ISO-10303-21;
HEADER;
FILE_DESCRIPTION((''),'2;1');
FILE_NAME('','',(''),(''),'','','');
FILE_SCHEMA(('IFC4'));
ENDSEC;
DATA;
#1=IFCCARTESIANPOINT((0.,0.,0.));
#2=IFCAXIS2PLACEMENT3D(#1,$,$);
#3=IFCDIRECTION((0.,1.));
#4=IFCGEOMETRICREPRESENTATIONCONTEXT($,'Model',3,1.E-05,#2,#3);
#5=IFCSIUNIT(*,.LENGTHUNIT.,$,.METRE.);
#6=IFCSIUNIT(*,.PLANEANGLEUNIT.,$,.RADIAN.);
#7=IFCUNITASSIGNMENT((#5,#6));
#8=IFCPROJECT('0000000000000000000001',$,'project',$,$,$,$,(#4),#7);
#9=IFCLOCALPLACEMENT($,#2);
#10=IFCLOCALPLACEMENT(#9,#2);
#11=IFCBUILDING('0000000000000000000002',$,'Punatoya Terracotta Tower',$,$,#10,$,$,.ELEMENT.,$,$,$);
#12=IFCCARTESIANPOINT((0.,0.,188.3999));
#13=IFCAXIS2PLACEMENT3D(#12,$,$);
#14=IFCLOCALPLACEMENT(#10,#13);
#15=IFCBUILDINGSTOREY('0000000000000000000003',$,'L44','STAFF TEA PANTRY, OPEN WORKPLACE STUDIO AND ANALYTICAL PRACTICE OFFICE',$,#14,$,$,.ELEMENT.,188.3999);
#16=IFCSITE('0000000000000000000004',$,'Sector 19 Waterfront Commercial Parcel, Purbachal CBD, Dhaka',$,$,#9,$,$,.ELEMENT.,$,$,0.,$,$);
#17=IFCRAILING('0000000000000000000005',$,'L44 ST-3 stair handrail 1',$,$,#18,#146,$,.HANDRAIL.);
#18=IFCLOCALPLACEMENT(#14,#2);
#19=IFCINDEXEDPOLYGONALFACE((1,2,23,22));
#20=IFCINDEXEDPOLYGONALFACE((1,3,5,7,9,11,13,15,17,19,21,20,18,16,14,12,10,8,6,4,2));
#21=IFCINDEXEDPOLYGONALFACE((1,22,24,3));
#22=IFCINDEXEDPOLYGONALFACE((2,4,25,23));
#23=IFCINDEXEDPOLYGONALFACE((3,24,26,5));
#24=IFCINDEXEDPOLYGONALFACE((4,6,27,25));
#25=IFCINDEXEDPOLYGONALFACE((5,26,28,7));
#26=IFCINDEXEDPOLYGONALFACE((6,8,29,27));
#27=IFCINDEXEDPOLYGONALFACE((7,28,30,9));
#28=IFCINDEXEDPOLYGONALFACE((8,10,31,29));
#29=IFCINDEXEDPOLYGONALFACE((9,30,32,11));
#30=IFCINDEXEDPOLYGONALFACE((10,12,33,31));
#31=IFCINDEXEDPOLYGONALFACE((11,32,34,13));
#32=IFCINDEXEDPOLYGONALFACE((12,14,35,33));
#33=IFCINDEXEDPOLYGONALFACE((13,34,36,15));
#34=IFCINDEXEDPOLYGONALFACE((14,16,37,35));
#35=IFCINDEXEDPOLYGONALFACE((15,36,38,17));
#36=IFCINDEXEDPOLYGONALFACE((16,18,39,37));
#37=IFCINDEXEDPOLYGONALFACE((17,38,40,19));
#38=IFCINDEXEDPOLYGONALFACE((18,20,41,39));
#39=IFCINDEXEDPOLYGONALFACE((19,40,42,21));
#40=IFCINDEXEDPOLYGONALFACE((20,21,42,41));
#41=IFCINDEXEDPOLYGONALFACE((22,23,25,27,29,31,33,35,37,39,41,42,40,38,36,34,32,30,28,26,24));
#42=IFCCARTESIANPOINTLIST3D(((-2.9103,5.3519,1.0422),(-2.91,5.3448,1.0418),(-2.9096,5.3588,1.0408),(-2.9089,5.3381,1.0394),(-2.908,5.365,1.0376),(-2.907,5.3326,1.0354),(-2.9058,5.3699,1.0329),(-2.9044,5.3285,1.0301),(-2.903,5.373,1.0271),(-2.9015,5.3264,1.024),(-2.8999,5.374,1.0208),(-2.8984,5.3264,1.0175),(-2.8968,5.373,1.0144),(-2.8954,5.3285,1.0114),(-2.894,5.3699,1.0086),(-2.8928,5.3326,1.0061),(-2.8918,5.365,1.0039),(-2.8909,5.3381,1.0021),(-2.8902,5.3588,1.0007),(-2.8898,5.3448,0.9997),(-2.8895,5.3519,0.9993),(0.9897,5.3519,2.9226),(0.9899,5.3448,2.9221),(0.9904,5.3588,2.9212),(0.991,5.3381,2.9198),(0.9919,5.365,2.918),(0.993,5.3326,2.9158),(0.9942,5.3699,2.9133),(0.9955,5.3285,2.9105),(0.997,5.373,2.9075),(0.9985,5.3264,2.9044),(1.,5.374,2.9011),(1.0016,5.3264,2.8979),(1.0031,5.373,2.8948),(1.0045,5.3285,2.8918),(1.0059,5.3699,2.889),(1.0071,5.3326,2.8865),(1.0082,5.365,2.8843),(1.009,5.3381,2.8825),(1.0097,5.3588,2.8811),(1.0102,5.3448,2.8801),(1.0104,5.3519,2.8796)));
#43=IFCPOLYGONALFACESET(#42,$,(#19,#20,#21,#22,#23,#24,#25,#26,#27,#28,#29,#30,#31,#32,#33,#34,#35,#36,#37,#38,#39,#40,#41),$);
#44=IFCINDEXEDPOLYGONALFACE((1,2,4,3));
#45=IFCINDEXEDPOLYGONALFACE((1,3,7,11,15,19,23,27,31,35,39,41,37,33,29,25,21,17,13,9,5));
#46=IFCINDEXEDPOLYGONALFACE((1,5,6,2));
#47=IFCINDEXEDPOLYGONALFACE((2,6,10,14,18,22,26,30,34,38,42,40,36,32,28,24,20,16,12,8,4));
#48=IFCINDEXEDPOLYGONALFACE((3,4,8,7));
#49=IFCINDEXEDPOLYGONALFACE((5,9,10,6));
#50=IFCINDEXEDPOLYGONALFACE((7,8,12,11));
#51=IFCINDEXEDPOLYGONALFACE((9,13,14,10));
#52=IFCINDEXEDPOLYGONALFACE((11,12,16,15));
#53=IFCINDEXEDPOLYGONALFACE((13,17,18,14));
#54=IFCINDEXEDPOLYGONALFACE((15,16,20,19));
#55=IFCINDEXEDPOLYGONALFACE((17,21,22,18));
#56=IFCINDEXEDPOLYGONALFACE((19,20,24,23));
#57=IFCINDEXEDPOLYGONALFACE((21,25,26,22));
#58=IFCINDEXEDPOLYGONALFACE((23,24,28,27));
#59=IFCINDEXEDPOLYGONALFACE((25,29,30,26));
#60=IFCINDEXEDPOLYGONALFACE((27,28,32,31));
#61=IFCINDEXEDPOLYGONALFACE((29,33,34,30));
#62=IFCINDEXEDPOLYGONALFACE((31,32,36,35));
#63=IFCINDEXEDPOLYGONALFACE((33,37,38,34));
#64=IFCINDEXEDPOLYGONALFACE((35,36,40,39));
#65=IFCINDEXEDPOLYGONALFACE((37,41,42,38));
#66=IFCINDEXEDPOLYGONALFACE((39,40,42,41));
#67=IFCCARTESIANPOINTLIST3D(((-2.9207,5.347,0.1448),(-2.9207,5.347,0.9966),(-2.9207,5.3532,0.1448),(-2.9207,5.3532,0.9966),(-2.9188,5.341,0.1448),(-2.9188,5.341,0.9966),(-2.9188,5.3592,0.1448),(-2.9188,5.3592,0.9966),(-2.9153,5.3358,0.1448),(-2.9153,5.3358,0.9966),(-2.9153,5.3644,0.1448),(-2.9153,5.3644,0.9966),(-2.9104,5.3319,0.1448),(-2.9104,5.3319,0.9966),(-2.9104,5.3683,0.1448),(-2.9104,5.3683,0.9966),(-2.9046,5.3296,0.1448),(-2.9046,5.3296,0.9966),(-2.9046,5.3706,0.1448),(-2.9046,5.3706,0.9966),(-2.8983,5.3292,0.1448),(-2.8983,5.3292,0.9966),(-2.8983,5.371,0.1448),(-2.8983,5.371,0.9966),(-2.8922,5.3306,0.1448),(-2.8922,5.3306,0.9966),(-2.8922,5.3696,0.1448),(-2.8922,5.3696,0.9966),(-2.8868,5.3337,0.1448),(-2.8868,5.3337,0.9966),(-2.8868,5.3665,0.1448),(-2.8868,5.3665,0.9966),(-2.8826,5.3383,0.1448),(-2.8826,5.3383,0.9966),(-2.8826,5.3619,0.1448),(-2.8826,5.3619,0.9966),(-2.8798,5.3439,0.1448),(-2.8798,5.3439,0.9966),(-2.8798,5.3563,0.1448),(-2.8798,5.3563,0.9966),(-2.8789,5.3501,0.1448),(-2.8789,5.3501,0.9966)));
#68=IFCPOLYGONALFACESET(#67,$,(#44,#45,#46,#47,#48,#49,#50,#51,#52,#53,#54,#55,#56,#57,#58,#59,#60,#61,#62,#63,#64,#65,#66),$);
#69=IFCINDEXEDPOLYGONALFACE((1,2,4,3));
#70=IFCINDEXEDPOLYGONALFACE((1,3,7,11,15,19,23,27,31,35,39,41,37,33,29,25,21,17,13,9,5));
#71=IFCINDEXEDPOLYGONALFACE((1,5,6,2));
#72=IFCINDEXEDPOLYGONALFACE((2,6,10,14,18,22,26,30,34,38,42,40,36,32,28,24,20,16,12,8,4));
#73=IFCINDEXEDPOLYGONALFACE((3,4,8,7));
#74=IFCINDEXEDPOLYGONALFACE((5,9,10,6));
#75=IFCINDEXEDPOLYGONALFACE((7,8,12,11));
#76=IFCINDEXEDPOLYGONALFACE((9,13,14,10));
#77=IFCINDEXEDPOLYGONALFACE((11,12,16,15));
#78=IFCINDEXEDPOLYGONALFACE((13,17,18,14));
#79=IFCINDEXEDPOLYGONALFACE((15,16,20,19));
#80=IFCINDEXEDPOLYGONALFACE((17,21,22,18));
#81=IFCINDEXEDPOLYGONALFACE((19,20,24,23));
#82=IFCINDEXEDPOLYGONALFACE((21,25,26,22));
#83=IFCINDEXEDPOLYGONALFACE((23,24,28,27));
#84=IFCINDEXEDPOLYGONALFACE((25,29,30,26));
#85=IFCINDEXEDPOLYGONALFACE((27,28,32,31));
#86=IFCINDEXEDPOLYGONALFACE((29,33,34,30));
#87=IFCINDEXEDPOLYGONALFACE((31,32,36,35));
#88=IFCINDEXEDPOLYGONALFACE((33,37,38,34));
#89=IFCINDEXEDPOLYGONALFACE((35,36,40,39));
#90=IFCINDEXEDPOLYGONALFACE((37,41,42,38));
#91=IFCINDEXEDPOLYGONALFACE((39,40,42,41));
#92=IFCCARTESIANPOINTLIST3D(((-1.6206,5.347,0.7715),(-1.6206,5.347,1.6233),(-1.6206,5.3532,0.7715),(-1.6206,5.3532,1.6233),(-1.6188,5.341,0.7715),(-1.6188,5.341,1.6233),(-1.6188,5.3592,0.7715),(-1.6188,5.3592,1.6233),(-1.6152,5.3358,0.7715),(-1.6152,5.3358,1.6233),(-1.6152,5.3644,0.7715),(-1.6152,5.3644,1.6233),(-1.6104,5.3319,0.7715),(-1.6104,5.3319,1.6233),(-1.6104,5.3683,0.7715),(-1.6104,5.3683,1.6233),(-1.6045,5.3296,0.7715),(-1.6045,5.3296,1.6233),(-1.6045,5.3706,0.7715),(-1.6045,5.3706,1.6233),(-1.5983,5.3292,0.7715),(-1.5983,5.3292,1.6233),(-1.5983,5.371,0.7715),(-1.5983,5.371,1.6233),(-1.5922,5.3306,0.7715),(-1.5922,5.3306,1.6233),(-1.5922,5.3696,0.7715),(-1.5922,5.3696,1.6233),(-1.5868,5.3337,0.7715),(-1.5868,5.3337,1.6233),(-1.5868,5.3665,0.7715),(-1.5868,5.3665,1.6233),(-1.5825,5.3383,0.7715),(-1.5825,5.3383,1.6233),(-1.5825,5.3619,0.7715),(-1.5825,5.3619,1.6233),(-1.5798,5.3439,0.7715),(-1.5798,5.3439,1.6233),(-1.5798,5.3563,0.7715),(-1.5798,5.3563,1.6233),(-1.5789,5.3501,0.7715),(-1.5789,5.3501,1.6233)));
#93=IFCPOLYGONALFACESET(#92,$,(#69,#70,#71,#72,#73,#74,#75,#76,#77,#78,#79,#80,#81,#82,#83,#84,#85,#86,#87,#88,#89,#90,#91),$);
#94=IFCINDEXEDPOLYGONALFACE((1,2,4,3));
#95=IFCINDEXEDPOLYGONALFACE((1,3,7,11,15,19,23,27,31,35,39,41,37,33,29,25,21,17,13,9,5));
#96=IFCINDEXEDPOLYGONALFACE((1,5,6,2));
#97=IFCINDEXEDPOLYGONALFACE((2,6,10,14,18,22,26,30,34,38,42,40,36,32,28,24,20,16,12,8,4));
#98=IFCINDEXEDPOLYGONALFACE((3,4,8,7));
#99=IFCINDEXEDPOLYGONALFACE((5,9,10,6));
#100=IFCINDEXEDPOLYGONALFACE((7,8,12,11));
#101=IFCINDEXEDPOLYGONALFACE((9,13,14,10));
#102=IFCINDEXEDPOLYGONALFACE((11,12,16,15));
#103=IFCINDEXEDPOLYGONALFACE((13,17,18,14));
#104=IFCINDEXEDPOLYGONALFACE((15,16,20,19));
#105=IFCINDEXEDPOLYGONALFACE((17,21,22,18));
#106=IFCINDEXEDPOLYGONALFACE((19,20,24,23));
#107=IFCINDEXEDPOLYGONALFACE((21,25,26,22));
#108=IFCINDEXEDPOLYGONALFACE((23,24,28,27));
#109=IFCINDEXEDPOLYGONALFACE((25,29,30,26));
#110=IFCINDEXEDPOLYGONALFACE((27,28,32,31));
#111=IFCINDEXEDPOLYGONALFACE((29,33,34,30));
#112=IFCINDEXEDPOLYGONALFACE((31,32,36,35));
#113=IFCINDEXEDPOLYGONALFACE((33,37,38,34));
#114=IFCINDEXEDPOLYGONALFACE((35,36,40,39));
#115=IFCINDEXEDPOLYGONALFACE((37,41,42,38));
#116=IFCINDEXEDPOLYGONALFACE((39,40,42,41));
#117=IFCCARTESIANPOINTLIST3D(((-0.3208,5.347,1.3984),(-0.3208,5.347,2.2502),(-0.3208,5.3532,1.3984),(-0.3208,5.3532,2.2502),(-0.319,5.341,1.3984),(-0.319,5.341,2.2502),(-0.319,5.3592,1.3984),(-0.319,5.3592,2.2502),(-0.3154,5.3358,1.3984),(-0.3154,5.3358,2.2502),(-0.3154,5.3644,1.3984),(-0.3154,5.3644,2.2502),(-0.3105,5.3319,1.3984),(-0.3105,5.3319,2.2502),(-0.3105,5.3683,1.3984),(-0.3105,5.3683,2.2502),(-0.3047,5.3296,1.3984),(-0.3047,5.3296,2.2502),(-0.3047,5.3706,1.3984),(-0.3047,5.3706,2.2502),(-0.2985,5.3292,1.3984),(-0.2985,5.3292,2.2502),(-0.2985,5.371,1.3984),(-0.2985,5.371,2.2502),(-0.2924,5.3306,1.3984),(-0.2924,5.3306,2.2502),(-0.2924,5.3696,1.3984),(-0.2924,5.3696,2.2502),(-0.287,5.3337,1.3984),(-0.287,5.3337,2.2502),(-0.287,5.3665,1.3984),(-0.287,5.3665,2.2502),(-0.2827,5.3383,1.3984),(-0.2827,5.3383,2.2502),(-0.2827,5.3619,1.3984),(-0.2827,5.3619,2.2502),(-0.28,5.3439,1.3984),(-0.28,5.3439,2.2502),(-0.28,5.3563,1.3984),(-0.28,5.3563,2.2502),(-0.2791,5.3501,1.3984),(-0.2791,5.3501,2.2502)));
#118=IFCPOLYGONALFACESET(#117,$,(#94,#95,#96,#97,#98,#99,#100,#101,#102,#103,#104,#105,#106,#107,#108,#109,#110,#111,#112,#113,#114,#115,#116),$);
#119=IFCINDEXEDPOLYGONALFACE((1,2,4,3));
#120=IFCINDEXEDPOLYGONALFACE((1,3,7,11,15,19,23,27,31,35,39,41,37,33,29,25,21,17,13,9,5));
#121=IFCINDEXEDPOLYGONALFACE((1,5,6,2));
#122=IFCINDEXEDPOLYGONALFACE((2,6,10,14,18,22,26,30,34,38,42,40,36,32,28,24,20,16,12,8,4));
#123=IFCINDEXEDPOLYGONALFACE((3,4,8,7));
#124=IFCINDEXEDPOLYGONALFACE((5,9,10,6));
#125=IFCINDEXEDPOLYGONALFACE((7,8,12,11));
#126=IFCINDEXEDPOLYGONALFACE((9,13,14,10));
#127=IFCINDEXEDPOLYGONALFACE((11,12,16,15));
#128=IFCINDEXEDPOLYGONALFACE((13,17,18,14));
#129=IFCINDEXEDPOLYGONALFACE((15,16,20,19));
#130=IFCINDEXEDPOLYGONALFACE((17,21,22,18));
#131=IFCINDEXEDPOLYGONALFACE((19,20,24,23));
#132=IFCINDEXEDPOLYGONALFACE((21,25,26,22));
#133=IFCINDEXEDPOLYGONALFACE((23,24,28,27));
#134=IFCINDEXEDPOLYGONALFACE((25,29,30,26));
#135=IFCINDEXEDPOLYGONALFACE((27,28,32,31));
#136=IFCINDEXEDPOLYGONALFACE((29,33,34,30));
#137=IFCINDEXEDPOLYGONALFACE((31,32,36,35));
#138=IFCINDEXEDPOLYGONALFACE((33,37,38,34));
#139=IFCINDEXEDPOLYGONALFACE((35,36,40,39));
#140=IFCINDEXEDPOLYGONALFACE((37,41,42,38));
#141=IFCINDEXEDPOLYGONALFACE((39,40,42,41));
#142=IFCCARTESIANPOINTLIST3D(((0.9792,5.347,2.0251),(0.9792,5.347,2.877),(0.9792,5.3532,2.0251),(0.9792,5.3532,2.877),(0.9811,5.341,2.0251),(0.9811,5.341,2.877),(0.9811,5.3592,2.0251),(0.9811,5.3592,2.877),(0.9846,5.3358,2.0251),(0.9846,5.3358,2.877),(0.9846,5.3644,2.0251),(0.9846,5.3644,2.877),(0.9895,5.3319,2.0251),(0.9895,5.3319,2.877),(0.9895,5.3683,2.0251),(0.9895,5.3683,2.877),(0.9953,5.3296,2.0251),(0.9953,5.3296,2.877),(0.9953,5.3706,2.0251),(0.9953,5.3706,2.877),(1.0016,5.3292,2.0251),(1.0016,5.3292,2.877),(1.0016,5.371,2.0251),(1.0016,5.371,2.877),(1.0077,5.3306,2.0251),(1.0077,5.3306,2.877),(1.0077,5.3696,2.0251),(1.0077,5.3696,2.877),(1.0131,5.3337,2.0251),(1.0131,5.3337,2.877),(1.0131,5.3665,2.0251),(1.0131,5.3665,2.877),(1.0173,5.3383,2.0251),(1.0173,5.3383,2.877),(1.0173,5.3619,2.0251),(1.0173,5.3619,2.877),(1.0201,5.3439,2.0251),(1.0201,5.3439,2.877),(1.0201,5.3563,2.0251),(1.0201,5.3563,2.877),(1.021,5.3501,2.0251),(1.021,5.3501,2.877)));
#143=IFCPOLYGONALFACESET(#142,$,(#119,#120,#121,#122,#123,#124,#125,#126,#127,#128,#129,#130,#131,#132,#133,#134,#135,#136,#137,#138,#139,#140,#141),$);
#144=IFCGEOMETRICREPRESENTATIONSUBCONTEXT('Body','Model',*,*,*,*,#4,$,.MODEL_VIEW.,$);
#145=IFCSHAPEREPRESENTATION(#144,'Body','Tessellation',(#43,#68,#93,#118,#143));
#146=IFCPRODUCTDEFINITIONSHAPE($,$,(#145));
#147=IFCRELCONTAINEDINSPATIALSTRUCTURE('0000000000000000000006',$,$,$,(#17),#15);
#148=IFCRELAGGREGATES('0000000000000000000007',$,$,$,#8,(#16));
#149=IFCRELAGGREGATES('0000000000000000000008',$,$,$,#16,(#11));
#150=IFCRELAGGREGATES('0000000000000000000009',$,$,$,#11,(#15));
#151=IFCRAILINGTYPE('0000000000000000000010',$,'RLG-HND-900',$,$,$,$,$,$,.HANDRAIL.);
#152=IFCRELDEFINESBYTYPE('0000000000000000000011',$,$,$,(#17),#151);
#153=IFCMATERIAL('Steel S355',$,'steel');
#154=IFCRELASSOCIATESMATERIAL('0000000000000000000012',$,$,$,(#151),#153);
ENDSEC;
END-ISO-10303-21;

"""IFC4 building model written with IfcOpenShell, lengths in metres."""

from ifc_helpers import new_model, si_unit, direction, frame, origin, origin_2d, place, context, subcontext, project, spatial, circle, extrude, material, type_object, element, save


model = new_model("IFC4")

# Units and contexts
model_context = context("Model", 3, precision=1e-05, world=origin(), true_north=direction((0.0, 1.0)))
body_context = subcontext(model_context, "Body", "Model", "MODEL_VIEW")
ifc_project = project(units=[si_unit("LENGTHUNIT", "METRE"), si_unit("PLANEANGLEUNIT", "RADIAN")], contexts=[model_context])

# Site, building, storey
site_placement = place(None, origin())
site = spatial("IfcSite", under=ifc_project, at=site_placement, Name="Sector 19 Waterfront Commercial Parcel, Purbachal CBD, Dhaka", CompositionType="ELEMENT", RefElevation=0.0)
building_placement = place(site_placement, origin())
building = spatial("IfcBuilding", under=site, at=building_placement, Name="Punatoya Terracotta Tower", CompositionType="ELEMENT")
storey_placement = place(building_placement, frame((0.0, 0.0, 188.3999)))
storey = spatial("IfcBuildingStorey", under=building, at=storey_placement, Name="L44", Description="STAFF TEA PANTRY, OPEN WORKPLACE STUDIO AND ANALYTICAL PRACTICE OFFICE", CompositionType="ELEMENT", Elevation=188.3999)

# Shared definitions
ifc_material_1 = material(Name="Steel S355", Category="steel")

# Railing
railing_type_1 = type_object("IfcRailingType", Name="RLG-HND-900", PredefinedType="HANDRAIL", material=ifc_material_1)
railing_1_placement = place(storey_placement, frame((-2.8999, 5.3501, 0.1448)))
element("IfcRailing", 1, at=railing_1_placement, inside=storey, type_object=railing_type_1, Name="L44 ST-3 stair handrail 1", PredefinedType="HANDRAIL", context=body_context, shape_type="SweptSolid", body=[
    extrude(circle(Radius=0.0239, at=origin_2d()), frame((0.0, 0.0, 0.876), z_axis=(0.900763, 0.0, 0.434311), x_axis=(0.0, 1.0, 0.0)), (0.0, 0.0, 1.0), 4.3296),
    extrude(circle(Radius=0.021, at=origin_2d()), origin(), (0.0, 0.0, 1.0), 0.8518),
    extrude(circle(Radius=0.021, at=origin_2d()), frame((1.3, 0.0, 0.6267)), (0.0, 0.0, 1.0), 0.8518),
    extrude(circle(Radius=0.021, at=origin_2d()), frame((2.5999, 0.0, 1.2537)), (0.0, 0.0, 1.0), 0.8518),
    extrude(circle(Radius=0.021, at=origin_2d()), frame((3.8999, 0.0, 1.8804)), (0.0, 0.0, 1.0), 0.8518),
])

save(model, "model.ifc")
